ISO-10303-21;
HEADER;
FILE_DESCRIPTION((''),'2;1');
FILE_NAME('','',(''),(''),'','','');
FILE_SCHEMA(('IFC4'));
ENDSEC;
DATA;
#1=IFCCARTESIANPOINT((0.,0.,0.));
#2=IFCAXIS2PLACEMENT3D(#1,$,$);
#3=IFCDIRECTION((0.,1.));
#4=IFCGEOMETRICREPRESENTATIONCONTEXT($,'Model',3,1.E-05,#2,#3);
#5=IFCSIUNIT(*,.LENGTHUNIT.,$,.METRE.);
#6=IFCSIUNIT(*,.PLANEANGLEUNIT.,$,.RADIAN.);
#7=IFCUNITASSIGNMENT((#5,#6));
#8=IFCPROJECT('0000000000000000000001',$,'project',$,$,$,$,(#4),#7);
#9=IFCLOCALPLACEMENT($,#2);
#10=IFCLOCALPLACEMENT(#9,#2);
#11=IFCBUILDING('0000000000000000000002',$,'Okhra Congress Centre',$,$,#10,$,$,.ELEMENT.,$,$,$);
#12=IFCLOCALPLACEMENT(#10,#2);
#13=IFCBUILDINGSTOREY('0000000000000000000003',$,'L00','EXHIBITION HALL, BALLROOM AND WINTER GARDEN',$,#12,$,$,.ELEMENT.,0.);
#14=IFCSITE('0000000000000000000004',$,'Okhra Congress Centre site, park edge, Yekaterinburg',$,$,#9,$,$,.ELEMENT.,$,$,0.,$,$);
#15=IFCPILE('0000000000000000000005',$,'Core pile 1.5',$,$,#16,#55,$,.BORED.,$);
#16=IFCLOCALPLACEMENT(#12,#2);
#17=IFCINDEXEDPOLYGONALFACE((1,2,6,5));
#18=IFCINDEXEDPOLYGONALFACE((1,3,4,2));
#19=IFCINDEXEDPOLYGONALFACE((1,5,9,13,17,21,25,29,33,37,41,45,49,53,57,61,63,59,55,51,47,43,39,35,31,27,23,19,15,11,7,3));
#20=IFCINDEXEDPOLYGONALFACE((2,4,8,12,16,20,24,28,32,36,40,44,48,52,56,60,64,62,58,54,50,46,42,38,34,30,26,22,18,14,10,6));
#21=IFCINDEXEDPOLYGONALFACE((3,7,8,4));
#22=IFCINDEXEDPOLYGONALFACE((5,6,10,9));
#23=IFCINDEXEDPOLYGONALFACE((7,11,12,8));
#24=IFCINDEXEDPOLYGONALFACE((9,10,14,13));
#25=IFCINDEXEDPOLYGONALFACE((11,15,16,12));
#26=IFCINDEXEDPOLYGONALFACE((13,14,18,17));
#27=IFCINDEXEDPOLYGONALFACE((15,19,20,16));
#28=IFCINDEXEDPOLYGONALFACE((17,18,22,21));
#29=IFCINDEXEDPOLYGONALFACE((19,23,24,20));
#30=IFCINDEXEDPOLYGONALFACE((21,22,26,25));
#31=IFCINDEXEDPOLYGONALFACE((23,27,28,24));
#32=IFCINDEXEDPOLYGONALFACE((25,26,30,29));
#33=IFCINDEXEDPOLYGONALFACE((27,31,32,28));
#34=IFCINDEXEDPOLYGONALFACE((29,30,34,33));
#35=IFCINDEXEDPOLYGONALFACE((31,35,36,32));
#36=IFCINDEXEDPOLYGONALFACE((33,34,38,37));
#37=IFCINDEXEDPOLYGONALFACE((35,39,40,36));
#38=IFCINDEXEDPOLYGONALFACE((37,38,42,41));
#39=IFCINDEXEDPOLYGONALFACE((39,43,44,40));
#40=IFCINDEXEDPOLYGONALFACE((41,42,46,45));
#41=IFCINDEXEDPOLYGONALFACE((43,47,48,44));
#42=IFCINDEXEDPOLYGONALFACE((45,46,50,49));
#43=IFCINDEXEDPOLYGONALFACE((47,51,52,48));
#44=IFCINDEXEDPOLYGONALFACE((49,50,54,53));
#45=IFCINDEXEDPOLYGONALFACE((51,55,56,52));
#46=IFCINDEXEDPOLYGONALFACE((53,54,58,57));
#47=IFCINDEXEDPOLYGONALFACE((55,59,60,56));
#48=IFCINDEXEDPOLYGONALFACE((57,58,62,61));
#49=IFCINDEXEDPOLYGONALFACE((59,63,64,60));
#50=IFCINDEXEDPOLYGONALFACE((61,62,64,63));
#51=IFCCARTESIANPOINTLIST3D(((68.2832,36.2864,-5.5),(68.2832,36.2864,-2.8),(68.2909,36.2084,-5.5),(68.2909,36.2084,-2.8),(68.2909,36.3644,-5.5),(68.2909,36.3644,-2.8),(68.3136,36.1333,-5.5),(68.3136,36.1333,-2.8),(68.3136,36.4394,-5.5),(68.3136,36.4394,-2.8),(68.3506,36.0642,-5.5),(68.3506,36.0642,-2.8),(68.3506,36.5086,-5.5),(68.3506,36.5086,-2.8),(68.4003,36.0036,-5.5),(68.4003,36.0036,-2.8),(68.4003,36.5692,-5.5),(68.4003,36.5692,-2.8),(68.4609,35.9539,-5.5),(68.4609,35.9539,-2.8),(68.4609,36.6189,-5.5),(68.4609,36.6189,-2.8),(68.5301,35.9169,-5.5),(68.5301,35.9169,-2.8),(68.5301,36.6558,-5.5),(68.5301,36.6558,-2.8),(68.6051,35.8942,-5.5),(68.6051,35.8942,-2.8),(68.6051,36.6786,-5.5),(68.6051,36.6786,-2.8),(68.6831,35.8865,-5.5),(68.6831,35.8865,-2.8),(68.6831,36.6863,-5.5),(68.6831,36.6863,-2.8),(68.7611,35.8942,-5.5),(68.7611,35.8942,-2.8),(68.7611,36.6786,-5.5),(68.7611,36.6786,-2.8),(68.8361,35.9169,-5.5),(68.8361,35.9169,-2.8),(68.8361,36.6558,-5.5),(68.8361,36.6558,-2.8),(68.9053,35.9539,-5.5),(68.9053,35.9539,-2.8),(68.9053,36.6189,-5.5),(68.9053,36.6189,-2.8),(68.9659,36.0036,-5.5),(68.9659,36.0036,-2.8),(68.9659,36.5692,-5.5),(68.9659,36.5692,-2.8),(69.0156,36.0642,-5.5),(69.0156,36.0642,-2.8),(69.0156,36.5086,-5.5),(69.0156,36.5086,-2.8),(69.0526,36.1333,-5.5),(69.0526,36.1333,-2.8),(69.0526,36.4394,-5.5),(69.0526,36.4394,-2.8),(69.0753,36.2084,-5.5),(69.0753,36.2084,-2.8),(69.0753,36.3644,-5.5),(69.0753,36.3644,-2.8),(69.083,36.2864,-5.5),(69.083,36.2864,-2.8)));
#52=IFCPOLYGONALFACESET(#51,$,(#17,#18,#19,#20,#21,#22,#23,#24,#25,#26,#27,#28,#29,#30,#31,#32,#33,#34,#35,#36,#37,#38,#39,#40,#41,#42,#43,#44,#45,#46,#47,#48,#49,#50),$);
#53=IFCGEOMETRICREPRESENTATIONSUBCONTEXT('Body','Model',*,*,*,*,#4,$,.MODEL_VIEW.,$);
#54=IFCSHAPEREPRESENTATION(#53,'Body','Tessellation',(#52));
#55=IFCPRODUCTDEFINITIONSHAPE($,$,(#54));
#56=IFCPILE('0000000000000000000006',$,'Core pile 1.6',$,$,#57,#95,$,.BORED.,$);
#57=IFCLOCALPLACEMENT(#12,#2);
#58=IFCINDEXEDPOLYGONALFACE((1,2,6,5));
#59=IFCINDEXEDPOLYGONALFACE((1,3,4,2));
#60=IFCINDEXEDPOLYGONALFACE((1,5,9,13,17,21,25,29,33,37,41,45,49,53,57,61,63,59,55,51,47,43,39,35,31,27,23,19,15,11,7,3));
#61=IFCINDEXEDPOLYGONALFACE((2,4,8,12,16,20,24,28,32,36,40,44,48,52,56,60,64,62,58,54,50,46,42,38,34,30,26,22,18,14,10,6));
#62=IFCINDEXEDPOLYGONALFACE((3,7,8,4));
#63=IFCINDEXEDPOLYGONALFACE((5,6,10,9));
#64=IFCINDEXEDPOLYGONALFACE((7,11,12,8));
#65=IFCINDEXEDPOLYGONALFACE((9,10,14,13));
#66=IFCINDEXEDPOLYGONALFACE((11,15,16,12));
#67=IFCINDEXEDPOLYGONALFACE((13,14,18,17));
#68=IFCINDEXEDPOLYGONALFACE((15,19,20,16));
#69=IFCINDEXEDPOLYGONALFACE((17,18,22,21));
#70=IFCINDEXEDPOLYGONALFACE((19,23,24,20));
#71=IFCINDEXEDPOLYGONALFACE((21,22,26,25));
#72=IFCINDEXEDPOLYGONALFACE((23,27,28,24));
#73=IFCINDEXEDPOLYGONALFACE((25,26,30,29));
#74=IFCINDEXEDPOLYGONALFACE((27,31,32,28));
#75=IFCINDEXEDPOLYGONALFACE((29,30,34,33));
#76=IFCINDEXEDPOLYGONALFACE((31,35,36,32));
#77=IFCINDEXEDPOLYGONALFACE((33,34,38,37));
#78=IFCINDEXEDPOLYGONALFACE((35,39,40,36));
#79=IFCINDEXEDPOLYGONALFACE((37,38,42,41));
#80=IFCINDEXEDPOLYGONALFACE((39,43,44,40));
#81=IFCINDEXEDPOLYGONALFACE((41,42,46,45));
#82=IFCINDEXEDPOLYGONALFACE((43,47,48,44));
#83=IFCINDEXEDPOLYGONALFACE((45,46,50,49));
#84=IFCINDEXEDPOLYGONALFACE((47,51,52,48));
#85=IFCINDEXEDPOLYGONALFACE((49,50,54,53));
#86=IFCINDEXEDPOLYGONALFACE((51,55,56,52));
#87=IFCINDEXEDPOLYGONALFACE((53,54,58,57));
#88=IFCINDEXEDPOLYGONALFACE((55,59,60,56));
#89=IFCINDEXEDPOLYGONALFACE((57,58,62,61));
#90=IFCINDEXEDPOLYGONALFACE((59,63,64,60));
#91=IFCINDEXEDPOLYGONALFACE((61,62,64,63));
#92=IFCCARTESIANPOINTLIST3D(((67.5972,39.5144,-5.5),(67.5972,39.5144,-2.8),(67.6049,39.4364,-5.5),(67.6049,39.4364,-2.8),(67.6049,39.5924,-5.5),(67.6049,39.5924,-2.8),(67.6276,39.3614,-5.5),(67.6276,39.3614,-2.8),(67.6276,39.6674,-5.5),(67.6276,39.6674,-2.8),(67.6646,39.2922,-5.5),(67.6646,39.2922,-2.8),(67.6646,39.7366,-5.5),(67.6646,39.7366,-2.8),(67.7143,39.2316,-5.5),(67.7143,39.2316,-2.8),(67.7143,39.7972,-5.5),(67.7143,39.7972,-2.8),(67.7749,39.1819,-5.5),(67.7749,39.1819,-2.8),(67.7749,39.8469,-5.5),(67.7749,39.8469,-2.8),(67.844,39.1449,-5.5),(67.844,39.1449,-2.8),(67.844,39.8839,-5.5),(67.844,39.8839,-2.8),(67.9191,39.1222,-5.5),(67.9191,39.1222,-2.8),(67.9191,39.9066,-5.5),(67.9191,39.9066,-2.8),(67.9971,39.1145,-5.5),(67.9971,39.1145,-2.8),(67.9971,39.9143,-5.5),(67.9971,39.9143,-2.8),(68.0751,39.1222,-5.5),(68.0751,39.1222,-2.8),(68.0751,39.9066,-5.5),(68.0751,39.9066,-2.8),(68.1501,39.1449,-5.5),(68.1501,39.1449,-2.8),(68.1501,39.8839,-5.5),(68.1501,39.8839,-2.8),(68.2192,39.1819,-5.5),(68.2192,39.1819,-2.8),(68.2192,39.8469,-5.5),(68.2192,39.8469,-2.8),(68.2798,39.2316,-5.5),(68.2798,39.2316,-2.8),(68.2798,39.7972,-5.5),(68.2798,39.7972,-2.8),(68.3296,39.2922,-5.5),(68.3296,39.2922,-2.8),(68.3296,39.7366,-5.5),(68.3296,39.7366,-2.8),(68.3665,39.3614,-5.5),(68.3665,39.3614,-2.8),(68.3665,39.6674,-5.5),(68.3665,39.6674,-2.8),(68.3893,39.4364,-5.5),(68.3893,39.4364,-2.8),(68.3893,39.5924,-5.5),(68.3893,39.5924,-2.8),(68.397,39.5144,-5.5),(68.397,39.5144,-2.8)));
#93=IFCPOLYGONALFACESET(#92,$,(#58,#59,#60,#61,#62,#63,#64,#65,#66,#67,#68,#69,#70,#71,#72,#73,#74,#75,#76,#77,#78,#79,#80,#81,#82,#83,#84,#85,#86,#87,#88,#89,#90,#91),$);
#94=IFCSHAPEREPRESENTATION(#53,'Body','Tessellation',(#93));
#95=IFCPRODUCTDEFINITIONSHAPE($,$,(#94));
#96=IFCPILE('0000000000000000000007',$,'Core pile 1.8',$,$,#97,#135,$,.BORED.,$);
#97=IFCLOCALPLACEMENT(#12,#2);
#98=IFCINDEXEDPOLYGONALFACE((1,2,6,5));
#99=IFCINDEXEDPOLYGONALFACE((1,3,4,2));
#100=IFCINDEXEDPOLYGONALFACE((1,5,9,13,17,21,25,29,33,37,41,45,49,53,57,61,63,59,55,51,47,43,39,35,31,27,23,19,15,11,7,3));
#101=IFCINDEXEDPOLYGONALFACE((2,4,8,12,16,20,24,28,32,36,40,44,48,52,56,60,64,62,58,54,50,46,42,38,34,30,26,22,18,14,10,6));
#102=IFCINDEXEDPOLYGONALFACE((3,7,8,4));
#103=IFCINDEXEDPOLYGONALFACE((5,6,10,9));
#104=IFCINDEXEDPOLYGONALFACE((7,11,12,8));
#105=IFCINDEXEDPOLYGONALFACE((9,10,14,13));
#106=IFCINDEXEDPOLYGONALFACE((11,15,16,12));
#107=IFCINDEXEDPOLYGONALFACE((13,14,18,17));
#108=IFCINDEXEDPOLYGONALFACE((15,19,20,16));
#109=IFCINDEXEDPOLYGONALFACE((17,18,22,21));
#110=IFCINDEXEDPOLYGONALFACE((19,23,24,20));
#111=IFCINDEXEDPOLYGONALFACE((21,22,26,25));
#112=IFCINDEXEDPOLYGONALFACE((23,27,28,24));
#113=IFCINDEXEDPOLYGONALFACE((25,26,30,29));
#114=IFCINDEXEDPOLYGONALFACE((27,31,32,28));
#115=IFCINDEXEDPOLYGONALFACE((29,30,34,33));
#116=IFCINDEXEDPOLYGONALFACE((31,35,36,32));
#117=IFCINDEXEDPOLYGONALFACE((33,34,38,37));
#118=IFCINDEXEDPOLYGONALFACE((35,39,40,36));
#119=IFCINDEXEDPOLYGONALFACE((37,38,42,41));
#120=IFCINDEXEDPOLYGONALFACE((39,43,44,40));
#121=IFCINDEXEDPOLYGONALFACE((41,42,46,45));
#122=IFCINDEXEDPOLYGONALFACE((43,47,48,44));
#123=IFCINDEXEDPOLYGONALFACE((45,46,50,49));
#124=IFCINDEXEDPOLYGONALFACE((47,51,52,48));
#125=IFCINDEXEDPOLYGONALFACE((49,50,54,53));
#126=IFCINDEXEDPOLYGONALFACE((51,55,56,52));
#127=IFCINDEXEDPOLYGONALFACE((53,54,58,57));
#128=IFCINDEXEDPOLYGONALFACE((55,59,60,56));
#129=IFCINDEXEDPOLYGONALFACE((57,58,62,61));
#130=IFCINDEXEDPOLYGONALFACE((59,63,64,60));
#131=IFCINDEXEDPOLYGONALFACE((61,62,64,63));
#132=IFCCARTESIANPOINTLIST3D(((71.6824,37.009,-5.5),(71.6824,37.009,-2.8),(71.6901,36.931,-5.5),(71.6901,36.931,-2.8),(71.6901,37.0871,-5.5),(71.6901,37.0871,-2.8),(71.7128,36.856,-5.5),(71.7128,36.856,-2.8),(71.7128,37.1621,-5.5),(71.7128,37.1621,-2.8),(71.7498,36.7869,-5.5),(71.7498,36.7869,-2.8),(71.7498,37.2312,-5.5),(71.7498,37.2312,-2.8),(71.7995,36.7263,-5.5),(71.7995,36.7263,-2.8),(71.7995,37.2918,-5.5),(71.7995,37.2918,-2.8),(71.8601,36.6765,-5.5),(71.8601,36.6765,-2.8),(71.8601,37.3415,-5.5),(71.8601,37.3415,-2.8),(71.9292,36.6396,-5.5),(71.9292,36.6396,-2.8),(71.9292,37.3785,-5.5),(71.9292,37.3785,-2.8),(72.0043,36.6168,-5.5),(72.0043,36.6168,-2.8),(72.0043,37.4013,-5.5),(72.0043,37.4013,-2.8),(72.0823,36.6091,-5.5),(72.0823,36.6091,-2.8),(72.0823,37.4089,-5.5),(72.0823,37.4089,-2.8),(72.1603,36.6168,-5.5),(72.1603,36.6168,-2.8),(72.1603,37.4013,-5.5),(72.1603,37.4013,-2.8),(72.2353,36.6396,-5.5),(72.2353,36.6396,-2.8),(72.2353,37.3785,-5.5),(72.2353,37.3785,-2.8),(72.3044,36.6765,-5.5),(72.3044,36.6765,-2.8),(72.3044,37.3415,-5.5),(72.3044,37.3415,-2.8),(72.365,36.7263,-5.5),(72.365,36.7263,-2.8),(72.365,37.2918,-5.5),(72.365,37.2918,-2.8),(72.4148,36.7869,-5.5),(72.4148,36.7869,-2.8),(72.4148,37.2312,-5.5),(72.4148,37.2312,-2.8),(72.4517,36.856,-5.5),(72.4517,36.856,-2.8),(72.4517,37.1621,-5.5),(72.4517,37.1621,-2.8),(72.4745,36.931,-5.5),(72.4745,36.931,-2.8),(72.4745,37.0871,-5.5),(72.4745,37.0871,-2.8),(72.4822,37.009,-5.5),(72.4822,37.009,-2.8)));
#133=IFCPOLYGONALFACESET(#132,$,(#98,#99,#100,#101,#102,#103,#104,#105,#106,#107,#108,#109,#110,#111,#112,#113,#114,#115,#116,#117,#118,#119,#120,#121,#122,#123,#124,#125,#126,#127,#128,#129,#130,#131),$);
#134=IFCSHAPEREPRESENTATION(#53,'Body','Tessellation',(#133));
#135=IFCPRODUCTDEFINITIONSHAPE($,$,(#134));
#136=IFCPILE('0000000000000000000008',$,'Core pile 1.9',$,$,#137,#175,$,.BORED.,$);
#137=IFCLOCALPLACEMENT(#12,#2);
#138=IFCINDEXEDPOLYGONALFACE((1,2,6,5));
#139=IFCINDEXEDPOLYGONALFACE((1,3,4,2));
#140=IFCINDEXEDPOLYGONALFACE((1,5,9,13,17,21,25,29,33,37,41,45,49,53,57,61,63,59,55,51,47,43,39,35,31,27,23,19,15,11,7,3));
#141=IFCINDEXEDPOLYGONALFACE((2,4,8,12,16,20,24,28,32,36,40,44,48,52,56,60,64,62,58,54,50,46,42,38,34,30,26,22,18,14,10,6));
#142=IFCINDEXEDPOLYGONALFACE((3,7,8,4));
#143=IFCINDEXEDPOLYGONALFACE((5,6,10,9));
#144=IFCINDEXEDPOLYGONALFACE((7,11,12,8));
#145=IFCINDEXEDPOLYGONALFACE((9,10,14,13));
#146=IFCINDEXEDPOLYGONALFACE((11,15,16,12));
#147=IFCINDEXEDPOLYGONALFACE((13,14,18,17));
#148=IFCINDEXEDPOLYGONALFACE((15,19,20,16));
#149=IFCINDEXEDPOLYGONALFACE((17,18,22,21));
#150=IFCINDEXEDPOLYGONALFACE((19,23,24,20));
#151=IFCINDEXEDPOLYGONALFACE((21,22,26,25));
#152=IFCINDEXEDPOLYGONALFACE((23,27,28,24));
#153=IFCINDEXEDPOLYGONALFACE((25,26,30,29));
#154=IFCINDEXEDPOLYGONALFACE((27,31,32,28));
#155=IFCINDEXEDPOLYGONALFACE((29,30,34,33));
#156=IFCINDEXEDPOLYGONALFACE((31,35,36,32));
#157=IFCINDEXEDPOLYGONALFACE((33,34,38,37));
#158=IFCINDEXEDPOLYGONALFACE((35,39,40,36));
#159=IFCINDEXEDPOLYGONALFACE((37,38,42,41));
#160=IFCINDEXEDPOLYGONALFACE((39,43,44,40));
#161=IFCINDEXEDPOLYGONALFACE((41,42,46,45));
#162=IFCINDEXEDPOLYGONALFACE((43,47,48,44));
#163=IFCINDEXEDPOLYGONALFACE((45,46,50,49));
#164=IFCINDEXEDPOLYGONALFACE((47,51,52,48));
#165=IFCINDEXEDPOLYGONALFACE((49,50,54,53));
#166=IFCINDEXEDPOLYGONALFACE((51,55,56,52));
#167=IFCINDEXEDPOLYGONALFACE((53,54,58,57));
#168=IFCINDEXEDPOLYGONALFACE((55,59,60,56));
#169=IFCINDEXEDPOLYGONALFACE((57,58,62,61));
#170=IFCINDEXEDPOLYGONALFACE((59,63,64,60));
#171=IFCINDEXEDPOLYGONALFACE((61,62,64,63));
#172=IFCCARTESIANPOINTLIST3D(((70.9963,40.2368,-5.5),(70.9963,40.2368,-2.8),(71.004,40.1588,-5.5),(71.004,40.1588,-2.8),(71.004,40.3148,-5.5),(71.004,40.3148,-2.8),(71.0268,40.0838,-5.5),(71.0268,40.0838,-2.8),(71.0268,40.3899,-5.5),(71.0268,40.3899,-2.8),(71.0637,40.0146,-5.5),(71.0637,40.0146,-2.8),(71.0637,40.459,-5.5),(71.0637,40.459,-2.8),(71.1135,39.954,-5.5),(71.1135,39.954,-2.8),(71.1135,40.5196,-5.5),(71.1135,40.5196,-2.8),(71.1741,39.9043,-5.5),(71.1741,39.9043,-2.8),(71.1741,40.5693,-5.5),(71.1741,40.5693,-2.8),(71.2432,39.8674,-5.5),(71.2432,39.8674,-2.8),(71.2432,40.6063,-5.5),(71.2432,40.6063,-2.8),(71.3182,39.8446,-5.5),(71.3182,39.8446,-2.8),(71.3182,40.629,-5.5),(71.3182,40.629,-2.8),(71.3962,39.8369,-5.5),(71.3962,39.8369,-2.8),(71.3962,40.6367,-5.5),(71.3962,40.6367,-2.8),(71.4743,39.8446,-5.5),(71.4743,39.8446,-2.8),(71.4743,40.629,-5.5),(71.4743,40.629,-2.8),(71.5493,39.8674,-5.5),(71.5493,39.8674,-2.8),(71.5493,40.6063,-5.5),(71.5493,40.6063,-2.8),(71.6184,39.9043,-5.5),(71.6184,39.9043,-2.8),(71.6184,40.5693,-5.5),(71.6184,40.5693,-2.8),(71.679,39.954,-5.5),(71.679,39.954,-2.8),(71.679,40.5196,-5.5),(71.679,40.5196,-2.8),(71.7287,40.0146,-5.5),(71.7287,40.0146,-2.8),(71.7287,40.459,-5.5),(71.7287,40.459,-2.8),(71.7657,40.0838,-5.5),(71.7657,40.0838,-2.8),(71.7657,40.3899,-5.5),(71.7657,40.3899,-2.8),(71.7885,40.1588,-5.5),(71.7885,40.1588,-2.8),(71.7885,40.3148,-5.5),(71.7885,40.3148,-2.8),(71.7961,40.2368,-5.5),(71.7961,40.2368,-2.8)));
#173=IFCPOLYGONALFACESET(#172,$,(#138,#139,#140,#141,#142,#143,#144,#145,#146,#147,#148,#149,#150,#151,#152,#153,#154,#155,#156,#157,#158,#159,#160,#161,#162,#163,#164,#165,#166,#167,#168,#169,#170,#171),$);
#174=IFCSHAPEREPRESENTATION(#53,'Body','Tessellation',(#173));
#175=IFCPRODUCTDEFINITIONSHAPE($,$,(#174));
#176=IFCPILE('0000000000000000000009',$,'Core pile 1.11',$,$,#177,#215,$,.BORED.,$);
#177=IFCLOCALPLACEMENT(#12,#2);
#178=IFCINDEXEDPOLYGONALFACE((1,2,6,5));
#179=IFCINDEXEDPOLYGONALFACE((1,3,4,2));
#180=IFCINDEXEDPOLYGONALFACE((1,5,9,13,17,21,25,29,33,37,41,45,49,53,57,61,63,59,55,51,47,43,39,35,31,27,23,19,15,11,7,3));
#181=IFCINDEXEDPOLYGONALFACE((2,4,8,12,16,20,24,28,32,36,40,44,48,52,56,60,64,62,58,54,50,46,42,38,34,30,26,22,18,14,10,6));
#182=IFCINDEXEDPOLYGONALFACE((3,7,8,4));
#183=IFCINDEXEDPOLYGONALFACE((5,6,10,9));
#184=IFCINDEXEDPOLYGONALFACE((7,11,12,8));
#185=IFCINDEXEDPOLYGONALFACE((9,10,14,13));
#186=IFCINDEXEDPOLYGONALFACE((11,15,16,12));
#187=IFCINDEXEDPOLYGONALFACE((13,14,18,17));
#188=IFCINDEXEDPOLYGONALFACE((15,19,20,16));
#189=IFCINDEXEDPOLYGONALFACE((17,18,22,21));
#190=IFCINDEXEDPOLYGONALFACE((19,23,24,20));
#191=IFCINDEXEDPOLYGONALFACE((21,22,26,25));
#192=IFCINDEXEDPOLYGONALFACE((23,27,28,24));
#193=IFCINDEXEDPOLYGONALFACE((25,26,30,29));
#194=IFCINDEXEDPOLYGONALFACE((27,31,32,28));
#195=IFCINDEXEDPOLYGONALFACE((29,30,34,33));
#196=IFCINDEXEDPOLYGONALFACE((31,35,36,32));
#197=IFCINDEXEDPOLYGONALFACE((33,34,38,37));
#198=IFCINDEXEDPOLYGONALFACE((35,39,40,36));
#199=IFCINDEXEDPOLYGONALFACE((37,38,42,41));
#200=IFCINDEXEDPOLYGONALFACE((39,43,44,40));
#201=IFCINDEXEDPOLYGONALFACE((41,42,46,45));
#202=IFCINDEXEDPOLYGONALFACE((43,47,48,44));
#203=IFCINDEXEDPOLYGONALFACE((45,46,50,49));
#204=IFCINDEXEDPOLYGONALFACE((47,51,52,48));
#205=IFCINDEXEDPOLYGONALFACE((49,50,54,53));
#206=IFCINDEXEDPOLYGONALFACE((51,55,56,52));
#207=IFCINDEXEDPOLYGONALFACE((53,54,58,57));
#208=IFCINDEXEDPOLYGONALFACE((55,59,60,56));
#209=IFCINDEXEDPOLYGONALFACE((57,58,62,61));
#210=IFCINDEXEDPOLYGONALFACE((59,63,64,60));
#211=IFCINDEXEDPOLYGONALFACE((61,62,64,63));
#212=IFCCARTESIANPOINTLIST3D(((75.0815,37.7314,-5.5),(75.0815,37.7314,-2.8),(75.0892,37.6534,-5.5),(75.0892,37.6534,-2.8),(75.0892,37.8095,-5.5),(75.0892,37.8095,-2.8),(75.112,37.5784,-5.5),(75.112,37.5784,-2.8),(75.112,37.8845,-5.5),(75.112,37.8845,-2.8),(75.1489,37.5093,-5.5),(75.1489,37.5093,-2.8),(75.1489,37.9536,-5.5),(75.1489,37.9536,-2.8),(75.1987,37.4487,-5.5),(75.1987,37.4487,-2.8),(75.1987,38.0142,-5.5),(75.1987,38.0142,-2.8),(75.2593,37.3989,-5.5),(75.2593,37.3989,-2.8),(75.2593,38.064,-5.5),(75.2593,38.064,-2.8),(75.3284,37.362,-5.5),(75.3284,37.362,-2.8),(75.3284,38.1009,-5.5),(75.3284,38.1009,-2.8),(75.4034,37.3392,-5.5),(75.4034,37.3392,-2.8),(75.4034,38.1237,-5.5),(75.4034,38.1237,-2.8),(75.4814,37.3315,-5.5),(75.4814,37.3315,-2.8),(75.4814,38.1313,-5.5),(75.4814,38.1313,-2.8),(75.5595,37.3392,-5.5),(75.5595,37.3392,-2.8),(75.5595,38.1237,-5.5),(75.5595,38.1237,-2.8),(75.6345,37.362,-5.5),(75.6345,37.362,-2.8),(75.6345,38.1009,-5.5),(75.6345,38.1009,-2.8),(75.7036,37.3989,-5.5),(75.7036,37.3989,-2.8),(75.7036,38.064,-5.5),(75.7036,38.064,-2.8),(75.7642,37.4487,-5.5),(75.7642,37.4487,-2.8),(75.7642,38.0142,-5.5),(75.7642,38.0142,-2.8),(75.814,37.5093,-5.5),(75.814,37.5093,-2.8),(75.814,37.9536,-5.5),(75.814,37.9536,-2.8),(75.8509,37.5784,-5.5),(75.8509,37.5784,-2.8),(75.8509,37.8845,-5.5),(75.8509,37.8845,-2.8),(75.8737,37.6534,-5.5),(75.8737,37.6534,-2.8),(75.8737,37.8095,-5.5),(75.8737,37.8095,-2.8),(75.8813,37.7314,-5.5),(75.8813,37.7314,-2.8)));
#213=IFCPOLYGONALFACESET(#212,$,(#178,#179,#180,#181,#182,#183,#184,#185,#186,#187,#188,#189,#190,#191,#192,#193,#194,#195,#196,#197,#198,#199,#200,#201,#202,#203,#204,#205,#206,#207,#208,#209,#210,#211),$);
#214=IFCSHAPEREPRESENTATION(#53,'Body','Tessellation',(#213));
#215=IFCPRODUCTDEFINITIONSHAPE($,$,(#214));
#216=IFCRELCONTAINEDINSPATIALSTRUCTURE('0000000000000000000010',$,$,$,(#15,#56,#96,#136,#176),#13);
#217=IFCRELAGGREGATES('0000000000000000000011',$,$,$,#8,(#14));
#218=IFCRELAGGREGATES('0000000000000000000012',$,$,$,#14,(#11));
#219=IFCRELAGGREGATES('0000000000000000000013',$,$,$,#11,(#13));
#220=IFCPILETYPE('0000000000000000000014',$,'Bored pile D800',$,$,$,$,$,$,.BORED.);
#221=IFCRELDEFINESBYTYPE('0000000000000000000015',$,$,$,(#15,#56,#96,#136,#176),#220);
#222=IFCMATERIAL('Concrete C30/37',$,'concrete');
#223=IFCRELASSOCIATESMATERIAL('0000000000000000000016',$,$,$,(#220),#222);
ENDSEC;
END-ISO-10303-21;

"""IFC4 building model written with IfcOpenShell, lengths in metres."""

from ifc_helpers import new_model, si_unit, direction, frame, origin, origin_2d, place, context, subcontext, project, spatial, circle, extrude, material, material_profile, profile_set, type_object, element, save


model = new_model("IFC4")

# Units and contexts
model_context = context("Model", 3, precision=1e-05, world=origin(), true_north=direction((0.0, 1.0)))
body_context = subcontext(model_context, "Body", "Model", "MODEL_VIEW")
ifc_project = project(units=[si_unit("LENGTHUNIT", "METRE"), si_unit("PLANEANGLEUNIT", "RADIAN")], contexts=[model_context])

# Site, building, storey
site_placement = place(None, origin())
site = spatial("IfcSite", under=ifc_project, at=site_placement, Name="Okhra Congress Centre site, park edge, Yekaterinburg", CompositionType="ELEMENT", RefElevation=0.0)
building_placement = place(site_placement, origin())
building = spatial("IfcBuilding", under=site, at=building_placement, Name="Okhra Congress Centre", CompositionType="ELEMENT")
storey_placement = place(building_placement, origin())
storey = spatial("IfcBuildingStorey", under=building, at=storey_placement, Name="L00", Description="EXHIBITION HALL, BALLROOM AND WINTER GARDEN", CompositionType="ELEMENT", Elevation=0.0)

# Piles
ifc_material_1 = material(Name="Concrete C30/37", Category="concrete")
ifc_material_profile = material_profile(ifc_material_1, circle(Radius=0.3999, at=origin_2d()), Name="D800")
ifc_profile_set = profile_set([ifc_material_profile], Name="Concrete C30/37")
pile_type = type_object("IfcPileType", Name="Bored pile D800", PredefinedType="BORED", material=ifc_profile_set)
for number, where, z_axis, x_axis, name in (
    (1, (68.6831, 36.2864, -2.8), (0.0, 0.0, -1.0), (1.0, 0.0, 0.0), "Core pile 1.5"),
    (2, (67.9971, 39.5144, -2.8), (0.0, 0.0, -1.0), (1.0, 0.0, 0.0), "Core pile 1.6"),
    (3, (72.0823, 37.009, -2.8), (0.0, 0.0, -1.0), (1.0, 0.0, 0.0), "Core pile 1.8"),
    (4, (71.3962, 40.2368, -2.8), (0.0, 0.0, -1.0), (1.0, 0.0, 0.0), "Core pile 1.9"),
    (5, (75.4814, 37.7314, -2.8), (0.0, 0.0, -1.0), (1.0, 0.0, 0.0), "Core pile 1.11"),
):
    element("IfcPile", number, at=place(storey_placement, frame(where, z_axis=z_axis, x_axis=x_axis)), inside=storey, type_object=pile_type, Name=name, PredefinedType="BORED", context=body_context, shape_type="SweptSolid", body=[
        extrude(circle(Radius=0.3999, at=origin_2d()), origin(), (0.0, 0.0, 1.0), 2.7),
    ])

save(model, "model.ifc")
